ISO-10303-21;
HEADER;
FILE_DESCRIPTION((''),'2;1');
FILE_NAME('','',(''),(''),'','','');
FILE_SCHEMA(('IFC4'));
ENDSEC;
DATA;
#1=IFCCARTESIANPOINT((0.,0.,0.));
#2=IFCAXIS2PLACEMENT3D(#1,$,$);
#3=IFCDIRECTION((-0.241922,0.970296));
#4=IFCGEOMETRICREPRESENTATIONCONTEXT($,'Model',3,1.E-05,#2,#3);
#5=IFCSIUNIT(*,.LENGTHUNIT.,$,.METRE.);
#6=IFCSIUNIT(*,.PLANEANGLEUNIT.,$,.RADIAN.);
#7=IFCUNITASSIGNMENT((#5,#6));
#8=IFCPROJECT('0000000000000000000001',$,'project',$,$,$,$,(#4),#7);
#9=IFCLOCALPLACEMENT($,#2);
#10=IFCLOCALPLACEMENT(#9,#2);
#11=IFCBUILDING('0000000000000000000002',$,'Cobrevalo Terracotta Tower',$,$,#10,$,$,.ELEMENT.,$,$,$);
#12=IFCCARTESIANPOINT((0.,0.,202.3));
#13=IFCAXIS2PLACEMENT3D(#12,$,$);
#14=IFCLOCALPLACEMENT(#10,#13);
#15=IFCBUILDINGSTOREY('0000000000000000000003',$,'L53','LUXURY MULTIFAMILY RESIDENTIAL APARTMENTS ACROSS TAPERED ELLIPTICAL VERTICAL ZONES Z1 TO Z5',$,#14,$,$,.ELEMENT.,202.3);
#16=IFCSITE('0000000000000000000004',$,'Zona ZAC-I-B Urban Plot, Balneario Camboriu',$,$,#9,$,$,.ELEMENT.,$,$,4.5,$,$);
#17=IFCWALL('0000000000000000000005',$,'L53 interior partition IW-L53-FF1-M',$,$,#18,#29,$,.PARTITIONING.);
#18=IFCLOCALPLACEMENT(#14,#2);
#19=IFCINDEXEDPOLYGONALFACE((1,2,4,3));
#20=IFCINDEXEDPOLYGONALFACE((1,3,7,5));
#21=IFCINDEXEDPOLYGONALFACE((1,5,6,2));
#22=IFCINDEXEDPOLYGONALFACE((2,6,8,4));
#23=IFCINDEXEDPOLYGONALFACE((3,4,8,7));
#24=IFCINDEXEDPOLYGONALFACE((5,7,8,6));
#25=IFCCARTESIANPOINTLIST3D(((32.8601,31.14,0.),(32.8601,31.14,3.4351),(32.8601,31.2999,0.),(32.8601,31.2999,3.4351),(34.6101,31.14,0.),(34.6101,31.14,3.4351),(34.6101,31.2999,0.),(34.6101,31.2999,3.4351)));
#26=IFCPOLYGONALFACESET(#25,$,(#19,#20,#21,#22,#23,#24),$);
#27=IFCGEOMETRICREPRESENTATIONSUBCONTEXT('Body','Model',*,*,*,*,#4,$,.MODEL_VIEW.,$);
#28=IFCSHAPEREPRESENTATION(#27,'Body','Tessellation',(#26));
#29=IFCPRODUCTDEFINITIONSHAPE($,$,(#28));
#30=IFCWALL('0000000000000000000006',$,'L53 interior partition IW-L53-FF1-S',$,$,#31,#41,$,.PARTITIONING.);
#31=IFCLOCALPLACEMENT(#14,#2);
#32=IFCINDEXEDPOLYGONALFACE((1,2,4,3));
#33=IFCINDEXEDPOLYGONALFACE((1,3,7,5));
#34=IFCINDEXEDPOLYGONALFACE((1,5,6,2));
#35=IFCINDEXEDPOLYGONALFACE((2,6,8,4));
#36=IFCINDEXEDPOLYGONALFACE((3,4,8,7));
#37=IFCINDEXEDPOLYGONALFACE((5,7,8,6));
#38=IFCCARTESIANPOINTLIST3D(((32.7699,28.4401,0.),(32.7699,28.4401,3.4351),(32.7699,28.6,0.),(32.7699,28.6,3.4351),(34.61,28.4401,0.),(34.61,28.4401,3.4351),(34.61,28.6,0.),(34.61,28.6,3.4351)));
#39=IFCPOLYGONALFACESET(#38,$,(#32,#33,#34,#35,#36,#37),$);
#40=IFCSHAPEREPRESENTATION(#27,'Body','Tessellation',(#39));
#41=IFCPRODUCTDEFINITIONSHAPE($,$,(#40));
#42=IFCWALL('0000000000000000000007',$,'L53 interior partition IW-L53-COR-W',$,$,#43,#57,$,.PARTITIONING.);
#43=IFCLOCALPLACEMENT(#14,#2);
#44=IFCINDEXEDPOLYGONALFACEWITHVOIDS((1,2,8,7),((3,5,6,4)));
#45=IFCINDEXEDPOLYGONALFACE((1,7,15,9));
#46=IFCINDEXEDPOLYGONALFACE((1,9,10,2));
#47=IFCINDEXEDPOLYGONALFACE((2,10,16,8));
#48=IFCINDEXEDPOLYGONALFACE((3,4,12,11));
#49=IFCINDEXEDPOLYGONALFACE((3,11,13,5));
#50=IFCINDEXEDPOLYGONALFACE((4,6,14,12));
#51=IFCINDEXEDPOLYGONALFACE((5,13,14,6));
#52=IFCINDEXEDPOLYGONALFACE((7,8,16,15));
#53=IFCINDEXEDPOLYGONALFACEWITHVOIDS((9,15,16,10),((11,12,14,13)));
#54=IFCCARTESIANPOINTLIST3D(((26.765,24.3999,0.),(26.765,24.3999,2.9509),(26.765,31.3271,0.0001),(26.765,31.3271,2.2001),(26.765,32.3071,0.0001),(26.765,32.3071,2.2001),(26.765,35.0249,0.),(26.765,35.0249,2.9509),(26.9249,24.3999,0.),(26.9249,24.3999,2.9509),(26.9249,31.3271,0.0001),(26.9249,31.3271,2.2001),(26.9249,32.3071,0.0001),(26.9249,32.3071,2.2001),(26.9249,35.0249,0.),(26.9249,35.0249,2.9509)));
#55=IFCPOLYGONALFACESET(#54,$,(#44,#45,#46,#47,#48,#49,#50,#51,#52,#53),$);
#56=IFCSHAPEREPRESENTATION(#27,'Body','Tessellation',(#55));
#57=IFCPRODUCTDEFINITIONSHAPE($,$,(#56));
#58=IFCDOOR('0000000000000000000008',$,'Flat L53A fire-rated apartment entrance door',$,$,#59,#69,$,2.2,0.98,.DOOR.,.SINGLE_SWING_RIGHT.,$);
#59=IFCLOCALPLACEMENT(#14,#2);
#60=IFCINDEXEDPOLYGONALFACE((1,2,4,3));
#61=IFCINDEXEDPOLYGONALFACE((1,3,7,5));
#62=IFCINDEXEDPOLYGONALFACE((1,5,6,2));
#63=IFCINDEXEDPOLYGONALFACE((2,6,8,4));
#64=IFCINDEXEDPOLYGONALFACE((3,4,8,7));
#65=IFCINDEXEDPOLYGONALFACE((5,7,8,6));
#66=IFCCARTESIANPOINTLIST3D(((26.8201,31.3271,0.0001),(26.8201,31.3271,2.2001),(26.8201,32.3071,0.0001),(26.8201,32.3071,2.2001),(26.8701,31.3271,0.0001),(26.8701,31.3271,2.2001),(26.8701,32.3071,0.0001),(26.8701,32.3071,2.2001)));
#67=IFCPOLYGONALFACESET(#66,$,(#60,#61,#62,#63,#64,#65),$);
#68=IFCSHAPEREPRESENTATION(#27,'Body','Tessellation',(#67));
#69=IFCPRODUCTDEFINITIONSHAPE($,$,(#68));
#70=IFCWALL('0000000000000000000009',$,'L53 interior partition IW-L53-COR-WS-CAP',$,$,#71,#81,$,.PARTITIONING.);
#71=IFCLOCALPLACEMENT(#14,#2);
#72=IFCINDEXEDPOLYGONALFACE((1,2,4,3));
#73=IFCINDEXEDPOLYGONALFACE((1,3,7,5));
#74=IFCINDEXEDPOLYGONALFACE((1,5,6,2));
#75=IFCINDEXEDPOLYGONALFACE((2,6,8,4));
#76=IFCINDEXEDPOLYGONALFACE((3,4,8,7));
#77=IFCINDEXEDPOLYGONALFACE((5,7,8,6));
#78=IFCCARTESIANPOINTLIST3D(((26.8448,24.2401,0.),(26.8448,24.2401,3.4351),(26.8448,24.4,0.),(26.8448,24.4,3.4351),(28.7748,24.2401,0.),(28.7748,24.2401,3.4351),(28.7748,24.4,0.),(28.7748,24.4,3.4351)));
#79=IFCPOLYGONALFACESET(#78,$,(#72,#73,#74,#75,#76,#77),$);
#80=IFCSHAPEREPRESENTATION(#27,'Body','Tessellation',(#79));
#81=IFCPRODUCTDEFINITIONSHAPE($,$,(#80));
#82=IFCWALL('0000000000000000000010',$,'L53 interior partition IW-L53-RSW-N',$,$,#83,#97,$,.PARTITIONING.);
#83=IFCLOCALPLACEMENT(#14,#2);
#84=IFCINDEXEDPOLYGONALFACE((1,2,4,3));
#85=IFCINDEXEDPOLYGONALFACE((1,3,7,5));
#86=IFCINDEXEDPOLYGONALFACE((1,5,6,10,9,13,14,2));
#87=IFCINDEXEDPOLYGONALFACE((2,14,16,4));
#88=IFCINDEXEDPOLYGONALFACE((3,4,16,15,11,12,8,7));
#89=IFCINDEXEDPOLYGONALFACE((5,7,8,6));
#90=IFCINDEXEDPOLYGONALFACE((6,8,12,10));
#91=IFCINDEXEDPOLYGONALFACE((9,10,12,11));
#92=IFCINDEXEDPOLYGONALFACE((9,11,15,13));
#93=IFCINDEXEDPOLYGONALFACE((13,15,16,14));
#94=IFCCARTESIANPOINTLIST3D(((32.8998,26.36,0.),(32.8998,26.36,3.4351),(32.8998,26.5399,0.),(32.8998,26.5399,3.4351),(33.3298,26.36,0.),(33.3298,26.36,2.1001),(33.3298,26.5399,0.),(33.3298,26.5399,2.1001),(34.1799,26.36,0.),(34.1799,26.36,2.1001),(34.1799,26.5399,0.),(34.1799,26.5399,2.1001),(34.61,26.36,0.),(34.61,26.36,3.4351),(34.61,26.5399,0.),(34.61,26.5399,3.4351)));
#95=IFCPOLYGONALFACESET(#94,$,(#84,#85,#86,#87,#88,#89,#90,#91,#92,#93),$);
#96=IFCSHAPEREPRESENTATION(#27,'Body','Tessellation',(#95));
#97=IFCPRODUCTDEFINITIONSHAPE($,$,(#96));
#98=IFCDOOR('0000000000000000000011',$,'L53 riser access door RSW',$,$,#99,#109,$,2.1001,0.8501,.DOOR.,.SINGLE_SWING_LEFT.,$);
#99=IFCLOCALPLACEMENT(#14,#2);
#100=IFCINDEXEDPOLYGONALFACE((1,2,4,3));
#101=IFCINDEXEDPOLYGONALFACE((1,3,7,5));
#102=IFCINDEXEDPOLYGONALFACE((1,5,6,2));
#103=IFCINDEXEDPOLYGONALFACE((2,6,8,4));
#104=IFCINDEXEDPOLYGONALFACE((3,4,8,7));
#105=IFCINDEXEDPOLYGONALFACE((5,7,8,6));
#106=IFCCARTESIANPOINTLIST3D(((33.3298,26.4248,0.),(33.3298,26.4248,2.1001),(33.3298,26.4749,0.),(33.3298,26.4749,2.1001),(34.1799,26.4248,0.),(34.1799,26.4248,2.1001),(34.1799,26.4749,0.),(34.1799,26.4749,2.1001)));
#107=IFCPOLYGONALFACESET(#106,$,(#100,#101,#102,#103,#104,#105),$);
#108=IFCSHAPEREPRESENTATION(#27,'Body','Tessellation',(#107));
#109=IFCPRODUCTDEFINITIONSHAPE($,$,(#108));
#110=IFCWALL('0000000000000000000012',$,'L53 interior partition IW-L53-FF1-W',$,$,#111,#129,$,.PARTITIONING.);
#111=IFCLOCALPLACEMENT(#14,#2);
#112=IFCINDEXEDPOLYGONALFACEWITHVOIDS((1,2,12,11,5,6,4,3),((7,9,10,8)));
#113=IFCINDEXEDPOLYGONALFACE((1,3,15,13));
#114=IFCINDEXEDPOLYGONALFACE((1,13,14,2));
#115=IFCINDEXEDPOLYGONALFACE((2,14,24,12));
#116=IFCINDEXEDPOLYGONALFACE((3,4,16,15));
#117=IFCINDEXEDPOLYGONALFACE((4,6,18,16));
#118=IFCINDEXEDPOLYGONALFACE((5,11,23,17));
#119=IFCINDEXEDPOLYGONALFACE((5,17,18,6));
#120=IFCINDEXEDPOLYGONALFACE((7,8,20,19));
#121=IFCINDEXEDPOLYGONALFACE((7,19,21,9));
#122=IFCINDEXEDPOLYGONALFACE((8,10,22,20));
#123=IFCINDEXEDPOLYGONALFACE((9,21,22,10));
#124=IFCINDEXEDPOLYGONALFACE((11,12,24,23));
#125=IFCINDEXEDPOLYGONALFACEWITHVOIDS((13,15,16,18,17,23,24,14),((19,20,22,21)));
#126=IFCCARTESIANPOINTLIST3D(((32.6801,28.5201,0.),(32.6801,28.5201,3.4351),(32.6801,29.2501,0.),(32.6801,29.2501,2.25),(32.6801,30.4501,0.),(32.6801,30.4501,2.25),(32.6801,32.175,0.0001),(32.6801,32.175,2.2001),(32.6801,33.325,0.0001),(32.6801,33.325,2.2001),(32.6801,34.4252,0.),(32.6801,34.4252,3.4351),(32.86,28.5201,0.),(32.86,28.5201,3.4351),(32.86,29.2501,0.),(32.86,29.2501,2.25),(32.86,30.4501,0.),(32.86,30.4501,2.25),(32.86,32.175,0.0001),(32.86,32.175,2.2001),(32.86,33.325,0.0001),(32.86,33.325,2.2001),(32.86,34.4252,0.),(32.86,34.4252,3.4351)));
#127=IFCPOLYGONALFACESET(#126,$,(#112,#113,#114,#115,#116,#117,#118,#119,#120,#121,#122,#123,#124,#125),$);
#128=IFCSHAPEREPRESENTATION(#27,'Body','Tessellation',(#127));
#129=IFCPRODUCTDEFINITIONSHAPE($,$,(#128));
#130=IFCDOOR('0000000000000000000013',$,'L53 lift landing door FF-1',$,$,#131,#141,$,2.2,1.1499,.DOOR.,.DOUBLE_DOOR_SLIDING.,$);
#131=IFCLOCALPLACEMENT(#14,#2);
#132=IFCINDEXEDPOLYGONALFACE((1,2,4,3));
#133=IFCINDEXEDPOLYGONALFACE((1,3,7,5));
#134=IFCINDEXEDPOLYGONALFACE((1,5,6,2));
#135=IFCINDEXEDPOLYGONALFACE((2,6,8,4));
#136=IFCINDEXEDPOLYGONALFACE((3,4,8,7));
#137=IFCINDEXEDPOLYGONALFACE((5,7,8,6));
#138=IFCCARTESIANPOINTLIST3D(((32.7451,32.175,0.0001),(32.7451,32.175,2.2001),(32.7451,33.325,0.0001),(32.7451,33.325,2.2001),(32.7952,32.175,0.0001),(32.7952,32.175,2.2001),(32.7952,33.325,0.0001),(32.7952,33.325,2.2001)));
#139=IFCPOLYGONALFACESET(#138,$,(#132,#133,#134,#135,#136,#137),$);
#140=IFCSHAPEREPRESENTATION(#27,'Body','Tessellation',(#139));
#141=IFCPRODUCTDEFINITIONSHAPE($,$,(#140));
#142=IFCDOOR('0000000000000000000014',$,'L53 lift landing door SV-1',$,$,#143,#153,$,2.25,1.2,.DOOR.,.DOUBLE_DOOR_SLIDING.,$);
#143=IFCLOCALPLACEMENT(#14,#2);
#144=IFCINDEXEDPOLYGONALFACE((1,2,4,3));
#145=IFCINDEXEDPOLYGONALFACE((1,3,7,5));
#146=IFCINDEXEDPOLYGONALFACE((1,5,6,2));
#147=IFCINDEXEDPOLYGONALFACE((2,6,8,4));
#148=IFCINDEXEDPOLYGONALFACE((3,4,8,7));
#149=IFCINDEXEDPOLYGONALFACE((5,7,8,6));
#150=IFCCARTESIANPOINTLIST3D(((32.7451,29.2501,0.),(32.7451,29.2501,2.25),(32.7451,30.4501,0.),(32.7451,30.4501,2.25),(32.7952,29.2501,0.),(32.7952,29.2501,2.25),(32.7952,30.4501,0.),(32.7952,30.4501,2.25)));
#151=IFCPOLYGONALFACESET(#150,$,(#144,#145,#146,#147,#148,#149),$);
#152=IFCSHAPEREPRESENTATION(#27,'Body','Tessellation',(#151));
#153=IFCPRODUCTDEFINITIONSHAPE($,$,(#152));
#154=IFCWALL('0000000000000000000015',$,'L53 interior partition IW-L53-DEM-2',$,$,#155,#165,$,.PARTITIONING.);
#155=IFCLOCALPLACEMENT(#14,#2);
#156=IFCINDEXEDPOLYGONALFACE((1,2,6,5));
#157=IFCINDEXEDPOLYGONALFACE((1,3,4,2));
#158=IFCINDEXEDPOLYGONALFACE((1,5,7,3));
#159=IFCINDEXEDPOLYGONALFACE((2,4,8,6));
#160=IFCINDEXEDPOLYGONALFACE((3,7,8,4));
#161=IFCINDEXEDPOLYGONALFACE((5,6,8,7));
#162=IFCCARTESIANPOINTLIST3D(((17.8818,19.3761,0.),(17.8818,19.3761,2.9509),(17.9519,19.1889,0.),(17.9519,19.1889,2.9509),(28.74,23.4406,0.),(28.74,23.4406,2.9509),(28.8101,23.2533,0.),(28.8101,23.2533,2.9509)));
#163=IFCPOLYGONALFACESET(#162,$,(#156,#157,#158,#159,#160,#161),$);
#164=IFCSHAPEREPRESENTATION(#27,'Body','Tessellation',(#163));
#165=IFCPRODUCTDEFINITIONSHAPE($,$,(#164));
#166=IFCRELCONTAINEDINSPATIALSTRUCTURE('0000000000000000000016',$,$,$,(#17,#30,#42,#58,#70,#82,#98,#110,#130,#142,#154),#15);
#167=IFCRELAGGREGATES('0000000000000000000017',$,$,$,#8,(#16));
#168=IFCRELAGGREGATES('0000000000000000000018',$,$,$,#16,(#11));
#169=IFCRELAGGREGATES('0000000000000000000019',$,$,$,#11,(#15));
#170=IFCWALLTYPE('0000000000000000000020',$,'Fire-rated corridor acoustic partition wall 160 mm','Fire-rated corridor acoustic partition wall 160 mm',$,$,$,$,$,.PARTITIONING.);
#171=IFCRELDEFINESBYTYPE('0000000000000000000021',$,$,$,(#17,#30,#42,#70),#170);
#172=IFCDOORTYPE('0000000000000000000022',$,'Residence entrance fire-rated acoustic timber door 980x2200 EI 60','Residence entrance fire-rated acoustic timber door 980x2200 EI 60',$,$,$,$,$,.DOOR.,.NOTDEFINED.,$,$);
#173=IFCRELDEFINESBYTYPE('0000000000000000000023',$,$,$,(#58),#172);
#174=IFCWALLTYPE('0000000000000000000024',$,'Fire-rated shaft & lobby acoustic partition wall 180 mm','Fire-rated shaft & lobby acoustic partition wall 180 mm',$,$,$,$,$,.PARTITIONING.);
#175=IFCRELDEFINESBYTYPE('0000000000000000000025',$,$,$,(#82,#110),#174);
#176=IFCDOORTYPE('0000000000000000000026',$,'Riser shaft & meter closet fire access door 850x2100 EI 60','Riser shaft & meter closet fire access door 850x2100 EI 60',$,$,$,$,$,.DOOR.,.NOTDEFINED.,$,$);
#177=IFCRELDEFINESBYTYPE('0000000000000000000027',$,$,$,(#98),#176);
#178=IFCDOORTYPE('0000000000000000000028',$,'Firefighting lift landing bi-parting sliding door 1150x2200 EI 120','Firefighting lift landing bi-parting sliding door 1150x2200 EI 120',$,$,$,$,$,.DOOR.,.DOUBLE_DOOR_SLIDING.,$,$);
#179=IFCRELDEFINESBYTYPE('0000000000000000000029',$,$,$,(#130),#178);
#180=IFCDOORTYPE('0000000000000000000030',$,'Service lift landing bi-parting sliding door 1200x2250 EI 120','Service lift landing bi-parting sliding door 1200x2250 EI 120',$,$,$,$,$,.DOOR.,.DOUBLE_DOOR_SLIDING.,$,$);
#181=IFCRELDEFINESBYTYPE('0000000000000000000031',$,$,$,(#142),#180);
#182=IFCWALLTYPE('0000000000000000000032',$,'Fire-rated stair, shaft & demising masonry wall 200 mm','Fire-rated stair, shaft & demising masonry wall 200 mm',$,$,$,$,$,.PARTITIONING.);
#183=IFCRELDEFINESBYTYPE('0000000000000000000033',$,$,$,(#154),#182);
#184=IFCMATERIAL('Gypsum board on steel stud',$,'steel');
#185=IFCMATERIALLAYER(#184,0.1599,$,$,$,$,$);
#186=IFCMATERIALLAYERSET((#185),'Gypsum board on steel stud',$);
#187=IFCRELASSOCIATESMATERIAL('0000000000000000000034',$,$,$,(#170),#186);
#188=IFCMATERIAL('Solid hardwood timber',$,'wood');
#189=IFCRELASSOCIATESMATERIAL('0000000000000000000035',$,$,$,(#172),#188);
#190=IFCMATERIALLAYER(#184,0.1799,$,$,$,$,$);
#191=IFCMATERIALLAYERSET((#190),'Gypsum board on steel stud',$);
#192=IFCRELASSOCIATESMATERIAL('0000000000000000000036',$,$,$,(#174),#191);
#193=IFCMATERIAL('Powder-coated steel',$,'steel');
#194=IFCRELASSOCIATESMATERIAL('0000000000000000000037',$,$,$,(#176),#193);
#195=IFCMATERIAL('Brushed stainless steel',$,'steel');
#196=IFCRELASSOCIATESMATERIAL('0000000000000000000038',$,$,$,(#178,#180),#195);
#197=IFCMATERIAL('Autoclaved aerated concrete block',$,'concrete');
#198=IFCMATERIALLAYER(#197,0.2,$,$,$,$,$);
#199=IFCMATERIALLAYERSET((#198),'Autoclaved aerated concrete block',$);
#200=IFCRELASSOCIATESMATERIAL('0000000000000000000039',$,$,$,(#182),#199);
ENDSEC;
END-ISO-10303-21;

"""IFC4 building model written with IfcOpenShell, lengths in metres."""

from ifc_helpers import new_model, si_unit, direction, frame, frame_2d, origin, place, context, subcontext, project, spatial, rectangle, extrude, source, transform, mapped, material, layer, layer_set, type_object, element, fill, save


model = new_model("IFC4")

# Units and contexts
model_context = context("Model", 3, precision=1e-05, world=origin(), true_north=direction((-0.241922, 0.970296)))
body_context = subcontext(model_context, "Body", "Model", "MODEL_VIEW")
ifc_project = project(units=[si_unit("LENGTHUNIT", "METRE"), si_unit("PLANEANGLEUNIT", "RADIAN")], contexts=[model_context])

# Site, building, storey
site_placement = place(None, origin())
site = spatial("IfcSite", under=ifc_project, at=site_placement, Name="Zona ZAC-I-B Urban Plot, Balneario Camboriu", CompositionType="ELEMENT", RefElevation=4.5)
building_placement = place(site_placement, origin())
building = spatial("IfcBuilding", under=site, at=building_placement, Name="Cobrevalo Terracotta Tower", CompositionType="ELEMENT")
storey_placement = place(building_placement, frame((0.0, 0.0, 202.3)))
storey = spatial("IfcBuildingStorey", under=building, at=storey_placement, Name="L53", Description="LUXURY MULTIFAMILY RESIDENTIAL APARTMENTS ACROSS TAPERED ELLIPTICAL VERTICAL ZONES Z1 TO Z5", CompositionType="ELEMENT", Elevation=202.3)

# Walls
ifc_material_1 = material(Name="Gypsum board on steel stud", Category="steel")
ifc_layer_1 = layer(ifc_material_1, 0.1599)
ifc_layer_set_1 = layer_set([ifc_layer_1], Name="Gypsum board on steel stud")
wall_type_1 = type_object("IfcWallType", Name="Fire-rated corridor acoustic partition wall 160 mm", Description="Fire-rated corridor acoustic partition wall 160 mm", PredefinedType="PARTITIONING", material=ifc_layer_set_1)
wall_1_placement = place(storey_placement, frame((32.8601, 31.22, 0.0), z_axis=(0.0, 0.0, 1.0), x_axis=(1.0, 0.0, 0.0)))
element("IfcWall", 1, at=wall_1_placement, inside=storey, type_object=wall_type_1, Name="L53 interior partition IW-L53-FF1-M", PredefinedType="PARTITIONING", context=body_context, shape_type="SweptSolid", body=[
    extrude(rectangle(XDim=1.75, YDim=0.1599, at=frame_2d((0.875, 0.0))), origin(), (0.0, 0.0, 1.0), 3.4351),
])
wall_2_placement = place(storey_placement, frame((32.77, 28.52, 0.0), z_axis=(0.0, 0.0, 1.0), x_axis=(1.0, 0.0, 0.0)))
element("IfcWall", 2, at=wall_2_placement, inside=storey, type_object=wall_type_1, Name="L53 interior partition IW-L53-FF1-S", PredefinedType="PARTITIONING", context=body_context, shape_type="SweptSolid", body=[
    extrude(rectangle(XDim=1.8401, YDim=0.1599, at=frame_2d((0.9199, 0.0))), origin(), (0.0, 0.0, 1.0), 3.4351),
])

# Wall, opening, door
wall_3_placement = place(storey_placement, frame((26.845, 24.3999, 0.0), z_axis=(0.0, 0.0, 1.0), x_axis=(0.0, 1.0, 0.0)))
wall_3 = element("IfcWall", 3, at=wall_3_placement, inside=storey, type_object=wall_type_1, Name="L53 interior partition IW-L53-COR-W", PredefinedType="PARTITIONING", context=body_context, shape_type="SweptSolid", body=[
    extrude(rectangle(XDim=10.625, YDim=0.1599, at=frame_2d((5.3125, 0.0))), origin(), (0.0, 0.0, 1.0), 2.9509),
])
opening_1_placement = place(wall_3_placement, frame((6.9272, 0.0, 0.0)))
opening_1 = element("IfcOpeningElement", 4, at=opening_1_placement, cuts=wall_3, PredefinedType="OPENING", context=body_context, shape_type="SweptSolid", body=[
    extrude(rectangle(XDim=0.98, YDim=2.2, at=frame_2d((0.49, 1.1001))), frame((0.0, 0.0898, 0.0), z_axis=(0.0, -1.0, 0.0), x_axis=(1.0, 0.0, 0.0)), (0.0, 0.0, 1.0), 0.1799),
])
ifc_material_2 = material(Name="Solid hardwood timber", Category="wood")
door_type_1 = type_object("IfcDoorType", Name="Residence entrance fire-rated acoustic timber door 980x2200 EI 60", Description="Residence entrance fire-rated acoustic timber door 980x2200 EI 60", OperationType="NOTDEFINED", PredefinedType="DOOR", material=ifc_material_2)
shared_shape_1 = source(origin(), body_context, "Body", "SweptSolid", [
    extrude(rectangle(XDim=0.98, YDim=2.2, at=frame_2d((0.49, 1.1001))), frame((0.0, 0.0249, 0.0), z_axis=(0.0, -1.0, 0.0), x_axis=(1.0, 0.0, 0.0)), (0.0, 0.0, 1.0), 0.05),
])
door_1_placement = place(opening_1_placement, origin())
door_1 = element("IfcDoor", 5, at=door_1_placement, inside=storey, type_object=door_type_1, Name="Flat L53A fire-rated apartment entrance door", OperationType="SINGLE_SWING_RIGHT", OverallHeight=2.2, OverallWidth=0.98, PredefinedType="DOOR", context=body_context, shape_type="MappedRepresentation", body=[
    mapped(shared_shape_1, transform((0.0, 0.0, 0.0), scale=1.0)),
])
fill(opening_1, door_1)

# Wall
wall_4_placement = place(storey_placement, frame((26.845, 24.3201, 0.0), z_axis=(0.0, 0.0, 1.0), x_axis=(1.0, 0.0, 0.0)))
element("IfcWall", 6, at=wall_4_placement, inside=storey, type_object=wall_type_1, Name="L53 interior partition IW-L53-COR-WS-CAP", PredefinedType="PARTITIONING", context=body_context, shape_type="SweptSolid", body=[
    extrude(rectangle(XDim=1.9299, YDim=0.1599, at=frame_2d((0.9648, 0.0))), origin(), (0.0, 0.0, 1.0), 3.4351),
])

# Wall, opening, door
ifc_layer_2 = layer(ifc_material_1, 0.1799)
ifc_layer_set_2 = layer_set([ifc_layer_2], Name="Gypsum board on steel stud")
wall_type_2 = type_object("IfcWallType", Name="Fire-rated shaft & lobby acoustic partition wall 180 mm", Description="Fire-rated shaft & lobby acoustic partition wall 180 mm", PredefinedType="PARTITIONING", material=ifc_layer_set_2)
wall_5_placement = place(storey_placement, frame((32.8999, 26.45, 0.0), z_axis=(0.0, 0.0, 1.0), x_axis=(1.0, 0.0, 0.0)))
wall_5 = element("IfcWall", 7, at=wall_5_placement, inside=storey, type_object=wall_type_2, Name="L53 interior partition IW-L53-RSW-N", PredefinedType="PARTITIONING", context=body_context, shape_type="SweptSolid", body=[
    extrude(rectangle(XDim=1.7102, YDim=0.1799, at=frame_2d((0.855, 0.0))), origin(), (0.0, 0.0, 1.0), 3.4351),
])
opening_2_placement = place(wall_5_placement, frame((0.4299, 0.0, 0.0)))
opening_2 = element("IfcOpeningElement", 8, at=opening_2_placement, cuts=wall_5, PredefinedType="OPENING", context=body_context, shape_type="SweptSolid", body=[
    extrude(rectangle(XDim=0.8501, YDim=2.1001, at=frame_2d((0.425, 1.05))), frame((0.0, 0.1001, 0.0), z_axis=(0.0, -1.0, 0.0), x_axis=(1.0, 0.0, 0.0)), (0.0, 0.0, 1.0), 0.2),
])
ifc_material_3 = material(Name="Powder-coated steel", Category="steel")
door_type_2 = type_object("IfcDoorType", Name="Riser shaft & meter closet fire access door 850x2100 EI 60", Description="Riser shaft & meter closet fire access door 850x2100 EI 60", OperationType="NOTDEFINED", PredefinedType="DOOR", material=ifc_material_3)
shared_shape_2 = source(origin(), body_context, "Body", "SweptSolid", [
    extrude(rectangle(XDim=0.8501, YDim=2.1001, at=frame_2d((0.425, 1.05))), frame((0.0, 0.0249, 0.0), z_axis=(0.0, -1.0, 0.0), x_axis=(1.0, 0.0, 0.0)), (0.0, 0.0, 1.0), 0.05),
])
door_2_placement = place(opening_2_placement, origin())
door_2 = element("IfcDoor", 9, at=door_2_placement, inside=storey, type_object=door_type_2, Name="L53 riser access door RSW", OperationType="SINGLE_SWING_LEFT", OverallHeight=2.1001, OverallWidth=0.8501, PredefinedType="DOOR", context=body_context, shape_type="MappedRepresentation", body=[
    mapped(shared_shape_2, transform((0.0, 0.0, 0.0), scale=1.0)),
])
fill(opening_2, door_2)

# Wall, openings, doors
wall_6_placement = place(storey_placement, frame((32.77, 28.52, 0.0), z_axis=(0.0, 0.0, 1.0), x_axis=(0.0, 1.0, 0.0)))
wall_6 = element("IfcWall", 10, at=wall_6_placement, inside=storey, type_object=wall_type_2, Name="L53 interior partition IW-L53-FF1-W", PredefinedType="PARTITIONING", context=body_context, shape_type="SweptSolid", body=[
    extrude(rectangle(XDim=5.905, YDim=0.1799, at=frame_2d((2.9526, 0.0))), origin(), (0.0, 0.0, 1.0), 3.4351),
])
opening_3_placement = place(wall_6_placement, frame((3.655, 0.0, 0.0)))
opening_3 = element("IfcOpeningElement", 11, at=opening_3_placement, cuts=wall_6, PredefinedType="OPENING", context=body_context, shape_type="SweptSolid", body=[
    extrude(rectangle(XDim=1.1499, YDim=2.2, at=frame_2d((0.575, 1.1001))), frame((0.0, 0.1001, 0.0), z_axis=(0.0, -1.0, 0.0), x_axis=(1.0, 0.0, 0.0)), (0.0, 0.0, 1.0), 0.2),
])
opening_4_placement = place(wall_6_placement, frame((0.73, 0.0, 0.0)))
opening_4 = element("IfcOpeningElement", 12, at=opening_4_placement, cuts=wall_6, PredefinedType="OPENING", context=body_context, shape_type="SweptSolid", body=[
    extrude(rectangle(XDim=1.2, YDim=2.25, at=frame_2d((0.6001, 1.125))), frame((0.0, 0.1001, 0.0), z_axis=(0.0, -1.0, 0.0), x_axis=(1.0, 0.0, 0.0)), (0.0, 0.0, 1.0), 0.2),
])
ifc_material_4 = material(Name="Brushed stainless steel", Category="steel")
door_type_3 = type_object("IfcDoorType", Name="Firefighting lift landing bi-parting sliding door 1150x2200 EI 120", Description="Firefighting lift landing bi-parting sliding door 1150x2200 EI 120", OperationType="DOUBLE_DOOR_SLIDING", PredefinedType="DOOR", material=ifc_material_4)
shared_shape_3 = source(origin(), body_context, "Body", "SweptSolid", [
    extrude(rectangle(XDim=1.1499, YDim=2.2, at=frame_2d((0.575, 1.1001))), frame((0.0, 0.0249, 0.0), z_axis=(0.0, -1.0, 0.0), x_axis=(1.0, 0.0, 0.0)), (0.0, 0.0, 1.0), 0.05),
])
door_3_placement = place(opening_3_placement, origin())
door_3 = element("IfcDoor", 13, at=door_3_placement, inside=storey, type_object=door_type_3, Name="L53 lift landing door FF-1", OperationType="DOUBLE_DOOR_SLIDING", OverallHeight=2.2, OverallWidth=1.1499, PredefinedType="DOOR", context=body_context, shape_type="MappedRepresentation", body=[
    mapped(shared_shape_3, transform((0.0, 0.0, 0.0), scale=1.0)),
])
fill(opening_3, door_3)
door_type_4 = type_object("IfcDoorType", Name="Service lift landing bi-parting sliding door 1200x2250 EI 120", Description="Service lift landing bi-parting sliding door 1200x2250 EI 120", OperationType="DOUBLE_DOOR_SLIDING", PredefinedType="DOOR", material=ifc_material_4)
shared_shape_4 = source(origin(), body_context, "Body", "SweptSolid", [
    extrude(rectangle(XDim=1.2, YDim=2.25, at=frame_2d((0.6001, 1.125))), frame((0.0, 0.0249, 0.0), z_axis=(0.0, -1.0, 0.0), x_axis=(1.0, 0.0, 0.0)), (0.0, 0.0, 1.0), 0.05),
])
door_4_placement = place(opening_4_placement, origin())
door_4 = element("IfcDoor", 14, at=door_4_placement, inside=storey, type_object=door_type_4, Name="L53 lift landing door SV-1", OperationType="DOUBLE_DOOR_SLIDING", OverallHeight=2.25, OverallWidth=1.2, PredefinedType="DOOR", context=body_context, shape_type="MappedRepresentation", body=[
    mapped(shared_shape_4, transform((0.0, 0.0, 0.0), scale=1.0)),
])
fill(opening_4, door_4)

# Wall
ifc_material_5 = material(Name="Autoclaved aerated concrete block", Category="concrete")
ifc_layer_3 = layer(ifc_material_5, 0.2)
ifc_layer_set_3 = layer_set([ifc_layer_3], Name="Autoclaved aerated concrete block")
wall_type_3 = type_object("IfcWallType", Name="Fire-rated stair, shaft & demising masonry wall 200 mm", Description="Fire-rated stair, shaft & demising masonry wall 200 mm", PredefinedType="PARTITIONING", material=ifc_layer_set_3)
wall_7_placement = place(storey_placement, frame((28.7749, 23.3469, 0.0), z_axis=(0.0, 0.0, 1.0), x_axis=(-0.936538, -0.350567, 0.0)))
element("IfcWall", 15, at=wall_7_placement, inside=storey, type_object=wall_type_3, Name="L53 interior partition IW-L53-DEM-2", PredefinedType="PARTITIONING", context=body_context, shape_type="SweptSolid", body=[
    extrude(rectangle(XDim=11.594, YDim=0.2, at=frame_2d((5.7969, 0.0))), origin(), (0.0, 0.0, 1.0), 2.9509),
])

save(model, "model.ifc")
